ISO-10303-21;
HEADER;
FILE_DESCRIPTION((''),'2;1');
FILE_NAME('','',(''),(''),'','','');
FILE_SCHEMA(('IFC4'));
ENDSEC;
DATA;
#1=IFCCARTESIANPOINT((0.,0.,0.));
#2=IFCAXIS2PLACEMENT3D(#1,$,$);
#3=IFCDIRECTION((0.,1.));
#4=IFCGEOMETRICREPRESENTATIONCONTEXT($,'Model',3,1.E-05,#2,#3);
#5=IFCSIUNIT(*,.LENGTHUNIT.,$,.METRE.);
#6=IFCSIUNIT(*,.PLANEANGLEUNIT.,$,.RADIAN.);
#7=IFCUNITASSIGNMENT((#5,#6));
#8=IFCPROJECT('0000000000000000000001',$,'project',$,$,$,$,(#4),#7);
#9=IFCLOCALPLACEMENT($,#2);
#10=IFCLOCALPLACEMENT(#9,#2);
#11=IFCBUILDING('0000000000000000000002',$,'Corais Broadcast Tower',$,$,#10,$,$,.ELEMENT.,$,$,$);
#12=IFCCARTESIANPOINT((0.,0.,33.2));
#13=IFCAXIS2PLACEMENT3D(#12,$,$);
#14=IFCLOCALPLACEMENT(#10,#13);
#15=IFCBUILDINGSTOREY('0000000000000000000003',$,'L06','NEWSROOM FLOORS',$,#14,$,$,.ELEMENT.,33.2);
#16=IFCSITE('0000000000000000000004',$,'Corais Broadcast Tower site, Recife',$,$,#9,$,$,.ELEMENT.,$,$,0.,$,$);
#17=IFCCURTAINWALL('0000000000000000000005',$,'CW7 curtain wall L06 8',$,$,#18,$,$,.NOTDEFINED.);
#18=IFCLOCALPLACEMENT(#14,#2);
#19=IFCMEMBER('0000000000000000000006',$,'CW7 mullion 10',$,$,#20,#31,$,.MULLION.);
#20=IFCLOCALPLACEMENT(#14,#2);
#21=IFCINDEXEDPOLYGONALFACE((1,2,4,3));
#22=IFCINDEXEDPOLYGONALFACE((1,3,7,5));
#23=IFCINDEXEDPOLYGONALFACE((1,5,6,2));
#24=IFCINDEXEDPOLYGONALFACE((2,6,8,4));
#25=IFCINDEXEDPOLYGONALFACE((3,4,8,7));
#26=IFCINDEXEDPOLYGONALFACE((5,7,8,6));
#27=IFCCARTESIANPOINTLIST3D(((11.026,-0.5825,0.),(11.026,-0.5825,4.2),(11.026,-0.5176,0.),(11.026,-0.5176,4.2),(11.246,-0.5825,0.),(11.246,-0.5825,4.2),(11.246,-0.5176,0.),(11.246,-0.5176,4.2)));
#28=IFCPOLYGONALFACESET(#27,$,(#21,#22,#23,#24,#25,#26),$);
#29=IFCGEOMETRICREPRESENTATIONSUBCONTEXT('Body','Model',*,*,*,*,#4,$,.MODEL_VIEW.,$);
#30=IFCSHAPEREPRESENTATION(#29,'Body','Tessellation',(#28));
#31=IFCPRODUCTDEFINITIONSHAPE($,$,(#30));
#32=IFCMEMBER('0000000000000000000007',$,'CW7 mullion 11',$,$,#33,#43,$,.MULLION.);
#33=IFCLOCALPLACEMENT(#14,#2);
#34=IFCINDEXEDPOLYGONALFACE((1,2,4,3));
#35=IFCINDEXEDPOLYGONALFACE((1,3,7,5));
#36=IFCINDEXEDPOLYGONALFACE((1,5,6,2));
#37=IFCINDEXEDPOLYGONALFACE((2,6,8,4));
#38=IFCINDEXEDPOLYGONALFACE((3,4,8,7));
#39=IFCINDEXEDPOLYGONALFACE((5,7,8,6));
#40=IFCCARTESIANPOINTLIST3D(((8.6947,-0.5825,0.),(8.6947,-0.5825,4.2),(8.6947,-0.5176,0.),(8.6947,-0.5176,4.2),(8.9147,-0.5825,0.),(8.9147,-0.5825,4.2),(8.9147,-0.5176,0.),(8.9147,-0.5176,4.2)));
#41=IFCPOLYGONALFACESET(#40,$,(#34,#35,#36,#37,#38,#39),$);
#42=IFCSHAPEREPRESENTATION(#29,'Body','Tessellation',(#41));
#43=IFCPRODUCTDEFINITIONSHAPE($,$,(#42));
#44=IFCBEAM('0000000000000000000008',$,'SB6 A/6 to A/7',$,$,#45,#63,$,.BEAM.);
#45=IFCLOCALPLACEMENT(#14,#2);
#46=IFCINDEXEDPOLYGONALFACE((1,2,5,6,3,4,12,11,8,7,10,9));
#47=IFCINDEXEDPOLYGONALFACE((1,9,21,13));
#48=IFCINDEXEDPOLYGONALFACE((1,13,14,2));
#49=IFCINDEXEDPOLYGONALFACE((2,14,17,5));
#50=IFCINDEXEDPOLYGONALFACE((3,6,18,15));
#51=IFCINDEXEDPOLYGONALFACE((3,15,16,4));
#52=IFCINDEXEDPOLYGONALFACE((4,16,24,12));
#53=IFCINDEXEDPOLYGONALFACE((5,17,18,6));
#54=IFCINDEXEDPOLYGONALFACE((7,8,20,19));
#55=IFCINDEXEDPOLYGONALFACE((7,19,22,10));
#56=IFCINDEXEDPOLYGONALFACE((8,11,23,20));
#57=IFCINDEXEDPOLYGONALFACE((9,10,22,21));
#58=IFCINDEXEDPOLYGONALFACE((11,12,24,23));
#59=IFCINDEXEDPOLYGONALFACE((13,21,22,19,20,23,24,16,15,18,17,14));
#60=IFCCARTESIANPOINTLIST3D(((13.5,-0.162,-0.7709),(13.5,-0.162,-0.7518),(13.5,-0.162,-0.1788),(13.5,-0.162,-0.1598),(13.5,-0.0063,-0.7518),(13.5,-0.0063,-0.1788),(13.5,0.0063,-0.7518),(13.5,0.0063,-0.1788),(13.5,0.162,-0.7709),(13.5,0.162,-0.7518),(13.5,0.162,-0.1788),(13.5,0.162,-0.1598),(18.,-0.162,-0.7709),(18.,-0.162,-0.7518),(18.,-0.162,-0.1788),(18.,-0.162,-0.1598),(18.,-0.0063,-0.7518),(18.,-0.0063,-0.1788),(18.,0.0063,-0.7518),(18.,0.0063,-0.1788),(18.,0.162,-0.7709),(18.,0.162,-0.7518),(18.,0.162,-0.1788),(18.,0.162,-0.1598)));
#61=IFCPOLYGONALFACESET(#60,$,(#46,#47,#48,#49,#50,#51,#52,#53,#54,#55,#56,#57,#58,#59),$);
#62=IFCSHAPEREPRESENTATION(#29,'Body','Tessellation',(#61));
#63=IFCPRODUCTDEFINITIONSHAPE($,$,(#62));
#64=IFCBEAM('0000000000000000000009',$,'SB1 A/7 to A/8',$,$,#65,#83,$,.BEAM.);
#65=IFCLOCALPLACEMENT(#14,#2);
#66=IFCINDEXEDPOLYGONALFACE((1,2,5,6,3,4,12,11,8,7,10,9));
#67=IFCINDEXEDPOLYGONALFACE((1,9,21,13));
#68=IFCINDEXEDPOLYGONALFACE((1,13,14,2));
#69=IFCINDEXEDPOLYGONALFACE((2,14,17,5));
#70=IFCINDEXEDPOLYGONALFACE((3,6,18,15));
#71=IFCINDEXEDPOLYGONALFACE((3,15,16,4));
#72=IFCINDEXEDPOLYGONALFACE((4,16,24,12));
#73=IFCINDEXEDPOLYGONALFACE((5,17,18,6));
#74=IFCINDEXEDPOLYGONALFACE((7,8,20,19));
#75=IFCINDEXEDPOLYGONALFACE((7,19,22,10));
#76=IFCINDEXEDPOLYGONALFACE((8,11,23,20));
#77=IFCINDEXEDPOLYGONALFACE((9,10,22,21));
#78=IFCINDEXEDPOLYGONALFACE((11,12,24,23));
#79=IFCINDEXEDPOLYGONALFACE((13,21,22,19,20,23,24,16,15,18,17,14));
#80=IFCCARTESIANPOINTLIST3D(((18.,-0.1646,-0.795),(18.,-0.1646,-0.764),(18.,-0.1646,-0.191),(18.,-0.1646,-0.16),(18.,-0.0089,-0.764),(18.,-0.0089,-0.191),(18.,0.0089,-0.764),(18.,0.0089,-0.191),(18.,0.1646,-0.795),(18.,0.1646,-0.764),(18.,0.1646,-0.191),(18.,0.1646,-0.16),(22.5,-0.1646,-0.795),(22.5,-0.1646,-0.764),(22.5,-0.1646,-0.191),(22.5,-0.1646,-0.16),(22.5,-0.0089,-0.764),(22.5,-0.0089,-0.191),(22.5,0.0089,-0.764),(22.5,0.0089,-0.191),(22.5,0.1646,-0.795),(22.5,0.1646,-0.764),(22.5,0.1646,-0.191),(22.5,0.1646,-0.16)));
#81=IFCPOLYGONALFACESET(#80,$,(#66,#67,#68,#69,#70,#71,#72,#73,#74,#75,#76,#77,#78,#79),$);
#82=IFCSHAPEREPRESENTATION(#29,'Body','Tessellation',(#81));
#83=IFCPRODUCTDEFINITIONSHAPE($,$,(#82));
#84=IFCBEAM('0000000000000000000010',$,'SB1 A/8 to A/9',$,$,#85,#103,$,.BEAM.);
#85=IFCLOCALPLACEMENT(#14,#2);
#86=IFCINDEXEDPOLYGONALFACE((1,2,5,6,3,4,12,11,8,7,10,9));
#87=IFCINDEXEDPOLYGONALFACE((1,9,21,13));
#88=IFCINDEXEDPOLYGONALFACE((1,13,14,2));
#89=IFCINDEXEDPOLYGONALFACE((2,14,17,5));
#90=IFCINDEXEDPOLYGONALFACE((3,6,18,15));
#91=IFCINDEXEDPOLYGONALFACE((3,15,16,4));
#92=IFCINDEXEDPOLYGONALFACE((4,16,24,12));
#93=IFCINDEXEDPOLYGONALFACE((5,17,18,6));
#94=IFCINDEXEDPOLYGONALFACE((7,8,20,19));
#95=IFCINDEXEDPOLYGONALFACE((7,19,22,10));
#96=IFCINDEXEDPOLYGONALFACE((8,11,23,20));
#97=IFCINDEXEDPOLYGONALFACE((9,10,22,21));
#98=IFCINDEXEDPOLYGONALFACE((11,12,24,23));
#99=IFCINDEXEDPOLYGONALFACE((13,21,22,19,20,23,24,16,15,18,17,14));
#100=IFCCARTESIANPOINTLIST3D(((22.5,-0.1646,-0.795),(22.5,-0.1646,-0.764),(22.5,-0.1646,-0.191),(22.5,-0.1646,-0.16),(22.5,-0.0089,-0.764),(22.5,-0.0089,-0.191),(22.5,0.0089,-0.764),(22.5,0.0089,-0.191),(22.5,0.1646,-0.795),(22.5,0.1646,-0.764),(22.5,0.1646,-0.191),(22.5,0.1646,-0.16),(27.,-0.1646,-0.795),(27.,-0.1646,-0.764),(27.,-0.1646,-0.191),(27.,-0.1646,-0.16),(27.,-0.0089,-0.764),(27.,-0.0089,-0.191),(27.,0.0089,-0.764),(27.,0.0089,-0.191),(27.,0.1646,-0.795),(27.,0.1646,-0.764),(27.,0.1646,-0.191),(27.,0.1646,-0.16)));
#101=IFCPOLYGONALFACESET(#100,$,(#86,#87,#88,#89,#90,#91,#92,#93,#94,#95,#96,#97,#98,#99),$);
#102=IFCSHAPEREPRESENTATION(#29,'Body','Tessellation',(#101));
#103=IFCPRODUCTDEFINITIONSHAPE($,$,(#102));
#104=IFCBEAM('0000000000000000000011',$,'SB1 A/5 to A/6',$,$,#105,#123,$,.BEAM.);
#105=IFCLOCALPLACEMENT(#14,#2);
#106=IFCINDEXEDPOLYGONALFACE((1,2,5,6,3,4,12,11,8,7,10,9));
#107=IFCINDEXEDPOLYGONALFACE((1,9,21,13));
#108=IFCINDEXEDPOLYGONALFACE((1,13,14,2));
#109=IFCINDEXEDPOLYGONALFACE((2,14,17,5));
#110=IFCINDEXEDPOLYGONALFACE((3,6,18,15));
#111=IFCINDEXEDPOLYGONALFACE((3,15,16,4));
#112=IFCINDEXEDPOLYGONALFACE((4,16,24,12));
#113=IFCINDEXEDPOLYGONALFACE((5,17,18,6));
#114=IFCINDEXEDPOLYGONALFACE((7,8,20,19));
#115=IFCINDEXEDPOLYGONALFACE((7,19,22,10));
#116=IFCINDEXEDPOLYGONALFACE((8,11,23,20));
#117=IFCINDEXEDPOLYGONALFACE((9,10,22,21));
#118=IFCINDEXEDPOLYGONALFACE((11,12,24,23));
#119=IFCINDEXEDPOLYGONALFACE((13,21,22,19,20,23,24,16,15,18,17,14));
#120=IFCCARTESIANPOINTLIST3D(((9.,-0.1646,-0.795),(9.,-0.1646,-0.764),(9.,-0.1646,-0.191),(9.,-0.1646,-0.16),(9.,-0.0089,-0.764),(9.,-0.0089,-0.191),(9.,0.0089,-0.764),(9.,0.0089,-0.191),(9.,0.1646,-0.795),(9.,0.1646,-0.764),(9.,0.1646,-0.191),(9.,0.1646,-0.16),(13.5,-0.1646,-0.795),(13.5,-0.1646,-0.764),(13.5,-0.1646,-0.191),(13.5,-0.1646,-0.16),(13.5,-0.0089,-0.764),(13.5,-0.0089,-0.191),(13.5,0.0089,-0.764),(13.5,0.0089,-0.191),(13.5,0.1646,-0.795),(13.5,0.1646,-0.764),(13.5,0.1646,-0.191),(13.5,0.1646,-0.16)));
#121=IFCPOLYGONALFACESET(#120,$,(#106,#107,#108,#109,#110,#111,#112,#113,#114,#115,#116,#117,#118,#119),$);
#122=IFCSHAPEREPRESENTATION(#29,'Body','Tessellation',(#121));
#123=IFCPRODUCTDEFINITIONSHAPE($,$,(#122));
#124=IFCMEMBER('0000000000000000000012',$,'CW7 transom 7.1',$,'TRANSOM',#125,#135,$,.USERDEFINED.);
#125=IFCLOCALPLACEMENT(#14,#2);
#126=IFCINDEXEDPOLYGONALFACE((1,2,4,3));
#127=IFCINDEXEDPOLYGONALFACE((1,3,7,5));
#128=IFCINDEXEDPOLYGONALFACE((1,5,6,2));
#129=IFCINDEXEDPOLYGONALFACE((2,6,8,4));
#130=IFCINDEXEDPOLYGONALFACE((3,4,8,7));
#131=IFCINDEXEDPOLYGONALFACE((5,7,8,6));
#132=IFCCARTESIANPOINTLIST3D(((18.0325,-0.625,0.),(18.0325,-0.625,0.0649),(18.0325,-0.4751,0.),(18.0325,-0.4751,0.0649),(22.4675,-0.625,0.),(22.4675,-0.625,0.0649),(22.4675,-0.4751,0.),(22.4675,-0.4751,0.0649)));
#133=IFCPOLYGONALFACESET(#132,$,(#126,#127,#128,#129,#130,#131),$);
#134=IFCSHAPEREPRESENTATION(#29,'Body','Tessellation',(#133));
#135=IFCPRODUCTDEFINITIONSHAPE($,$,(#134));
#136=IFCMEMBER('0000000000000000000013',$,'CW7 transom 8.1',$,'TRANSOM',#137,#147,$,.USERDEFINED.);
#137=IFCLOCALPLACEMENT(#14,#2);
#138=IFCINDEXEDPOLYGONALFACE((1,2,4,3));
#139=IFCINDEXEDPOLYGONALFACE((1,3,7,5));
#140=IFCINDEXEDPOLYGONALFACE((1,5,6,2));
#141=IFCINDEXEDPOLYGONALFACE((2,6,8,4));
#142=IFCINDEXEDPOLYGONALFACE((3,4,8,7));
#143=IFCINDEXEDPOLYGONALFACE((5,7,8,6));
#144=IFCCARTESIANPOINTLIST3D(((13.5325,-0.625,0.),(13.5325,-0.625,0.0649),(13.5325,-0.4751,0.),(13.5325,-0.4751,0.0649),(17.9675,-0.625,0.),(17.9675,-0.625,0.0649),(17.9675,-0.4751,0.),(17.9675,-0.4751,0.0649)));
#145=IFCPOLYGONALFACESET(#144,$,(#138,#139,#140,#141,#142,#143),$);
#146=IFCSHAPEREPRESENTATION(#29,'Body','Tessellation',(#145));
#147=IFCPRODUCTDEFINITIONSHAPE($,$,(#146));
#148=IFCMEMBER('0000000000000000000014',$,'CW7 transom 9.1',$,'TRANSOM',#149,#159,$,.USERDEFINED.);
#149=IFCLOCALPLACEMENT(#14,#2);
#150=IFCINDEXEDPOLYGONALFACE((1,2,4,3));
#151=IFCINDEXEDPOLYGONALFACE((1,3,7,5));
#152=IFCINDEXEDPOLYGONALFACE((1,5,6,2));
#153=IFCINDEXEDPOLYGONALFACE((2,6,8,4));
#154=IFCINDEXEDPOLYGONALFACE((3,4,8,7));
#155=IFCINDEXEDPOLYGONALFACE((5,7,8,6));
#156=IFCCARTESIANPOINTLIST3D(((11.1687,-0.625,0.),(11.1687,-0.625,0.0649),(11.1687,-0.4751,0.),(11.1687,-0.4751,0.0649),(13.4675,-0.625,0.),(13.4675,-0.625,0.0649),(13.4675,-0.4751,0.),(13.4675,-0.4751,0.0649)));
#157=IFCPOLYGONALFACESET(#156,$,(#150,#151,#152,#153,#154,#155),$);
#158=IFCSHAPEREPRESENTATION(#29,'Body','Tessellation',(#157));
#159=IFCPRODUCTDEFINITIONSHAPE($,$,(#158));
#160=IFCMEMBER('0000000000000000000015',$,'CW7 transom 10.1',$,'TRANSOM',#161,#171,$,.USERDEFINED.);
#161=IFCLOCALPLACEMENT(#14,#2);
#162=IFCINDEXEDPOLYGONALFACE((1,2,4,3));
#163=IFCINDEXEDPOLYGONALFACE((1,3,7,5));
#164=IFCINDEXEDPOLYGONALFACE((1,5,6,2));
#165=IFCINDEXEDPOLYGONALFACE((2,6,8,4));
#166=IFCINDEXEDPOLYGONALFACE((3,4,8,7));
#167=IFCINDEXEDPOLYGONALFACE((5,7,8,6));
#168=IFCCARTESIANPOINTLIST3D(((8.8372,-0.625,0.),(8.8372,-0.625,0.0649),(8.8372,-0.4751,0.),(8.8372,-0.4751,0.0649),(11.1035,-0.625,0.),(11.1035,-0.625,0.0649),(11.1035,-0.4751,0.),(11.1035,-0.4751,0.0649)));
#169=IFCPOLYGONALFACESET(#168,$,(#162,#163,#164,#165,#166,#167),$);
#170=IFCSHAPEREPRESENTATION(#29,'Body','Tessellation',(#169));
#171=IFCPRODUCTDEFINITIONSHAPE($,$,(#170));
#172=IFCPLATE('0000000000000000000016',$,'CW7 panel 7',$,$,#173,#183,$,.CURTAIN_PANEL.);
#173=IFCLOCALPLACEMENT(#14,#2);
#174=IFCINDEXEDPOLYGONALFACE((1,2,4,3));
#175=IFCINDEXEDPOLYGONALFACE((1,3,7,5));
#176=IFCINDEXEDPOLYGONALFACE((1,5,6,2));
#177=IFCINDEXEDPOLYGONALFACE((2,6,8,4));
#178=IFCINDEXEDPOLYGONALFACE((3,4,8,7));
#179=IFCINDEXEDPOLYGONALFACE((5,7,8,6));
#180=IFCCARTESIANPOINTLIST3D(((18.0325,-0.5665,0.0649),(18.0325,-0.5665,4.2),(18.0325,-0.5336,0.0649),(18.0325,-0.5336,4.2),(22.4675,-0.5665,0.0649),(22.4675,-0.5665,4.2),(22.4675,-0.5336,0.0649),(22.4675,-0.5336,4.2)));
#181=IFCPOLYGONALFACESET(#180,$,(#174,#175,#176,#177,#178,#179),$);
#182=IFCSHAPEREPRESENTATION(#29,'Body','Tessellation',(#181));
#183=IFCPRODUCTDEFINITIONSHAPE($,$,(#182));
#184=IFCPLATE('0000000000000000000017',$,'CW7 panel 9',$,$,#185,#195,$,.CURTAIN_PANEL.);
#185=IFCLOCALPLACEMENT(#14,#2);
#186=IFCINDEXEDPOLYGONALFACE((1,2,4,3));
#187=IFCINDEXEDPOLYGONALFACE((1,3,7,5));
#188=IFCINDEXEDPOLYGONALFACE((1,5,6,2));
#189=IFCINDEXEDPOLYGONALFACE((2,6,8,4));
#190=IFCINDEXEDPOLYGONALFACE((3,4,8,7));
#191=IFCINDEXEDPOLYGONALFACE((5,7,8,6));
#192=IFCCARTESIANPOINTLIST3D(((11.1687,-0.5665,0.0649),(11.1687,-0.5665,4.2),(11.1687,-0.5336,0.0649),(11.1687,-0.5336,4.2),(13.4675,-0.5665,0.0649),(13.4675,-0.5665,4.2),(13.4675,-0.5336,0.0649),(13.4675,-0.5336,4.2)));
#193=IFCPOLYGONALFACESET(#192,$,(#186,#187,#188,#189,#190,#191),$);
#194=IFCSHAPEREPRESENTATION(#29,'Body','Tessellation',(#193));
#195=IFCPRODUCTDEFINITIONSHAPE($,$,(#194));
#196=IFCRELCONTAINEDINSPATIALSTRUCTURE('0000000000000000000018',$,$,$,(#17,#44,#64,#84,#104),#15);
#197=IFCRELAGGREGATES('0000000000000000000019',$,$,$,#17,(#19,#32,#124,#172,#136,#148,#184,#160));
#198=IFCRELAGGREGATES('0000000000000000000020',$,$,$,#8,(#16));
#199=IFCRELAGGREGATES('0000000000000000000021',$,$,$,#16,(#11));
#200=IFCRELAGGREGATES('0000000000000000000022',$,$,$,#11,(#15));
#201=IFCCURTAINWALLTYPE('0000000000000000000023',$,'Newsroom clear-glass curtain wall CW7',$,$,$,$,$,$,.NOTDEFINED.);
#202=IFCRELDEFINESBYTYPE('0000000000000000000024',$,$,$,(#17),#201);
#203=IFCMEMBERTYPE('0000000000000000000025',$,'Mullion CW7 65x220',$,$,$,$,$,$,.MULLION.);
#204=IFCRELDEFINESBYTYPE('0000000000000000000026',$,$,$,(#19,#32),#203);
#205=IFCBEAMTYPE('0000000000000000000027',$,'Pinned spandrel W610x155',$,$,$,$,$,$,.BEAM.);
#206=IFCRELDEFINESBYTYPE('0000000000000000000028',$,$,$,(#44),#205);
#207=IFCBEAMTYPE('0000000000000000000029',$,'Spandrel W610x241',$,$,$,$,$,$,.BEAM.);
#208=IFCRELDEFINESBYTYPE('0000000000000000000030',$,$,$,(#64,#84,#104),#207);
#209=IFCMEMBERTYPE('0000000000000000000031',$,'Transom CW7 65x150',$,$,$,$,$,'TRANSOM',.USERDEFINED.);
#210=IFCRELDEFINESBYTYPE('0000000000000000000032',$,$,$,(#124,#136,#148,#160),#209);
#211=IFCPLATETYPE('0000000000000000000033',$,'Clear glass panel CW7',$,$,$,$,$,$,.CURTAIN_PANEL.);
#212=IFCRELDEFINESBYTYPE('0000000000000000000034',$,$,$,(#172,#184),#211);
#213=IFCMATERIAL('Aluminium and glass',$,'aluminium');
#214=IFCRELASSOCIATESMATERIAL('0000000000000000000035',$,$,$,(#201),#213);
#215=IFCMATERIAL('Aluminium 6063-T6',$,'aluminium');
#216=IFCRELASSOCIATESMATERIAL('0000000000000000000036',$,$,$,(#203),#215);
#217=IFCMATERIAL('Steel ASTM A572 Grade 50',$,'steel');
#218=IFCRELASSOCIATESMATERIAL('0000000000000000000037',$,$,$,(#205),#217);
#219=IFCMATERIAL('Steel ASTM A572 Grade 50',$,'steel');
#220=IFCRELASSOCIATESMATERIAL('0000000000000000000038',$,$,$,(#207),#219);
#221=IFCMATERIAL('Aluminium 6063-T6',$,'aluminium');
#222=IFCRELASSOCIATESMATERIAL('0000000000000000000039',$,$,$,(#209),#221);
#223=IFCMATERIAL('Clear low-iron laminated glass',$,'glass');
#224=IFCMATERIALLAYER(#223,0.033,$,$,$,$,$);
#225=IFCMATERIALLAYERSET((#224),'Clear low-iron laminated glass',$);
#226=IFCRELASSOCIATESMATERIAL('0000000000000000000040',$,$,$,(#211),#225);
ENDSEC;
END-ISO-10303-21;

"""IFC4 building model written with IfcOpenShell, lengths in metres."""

from ifc_helpers import new_model, si_unit, direction, frame, origin, origin_2d, place, context, subcontext, project, spatial, rectangle, i_section, extrude, material, layer, layer_set, material_profile, profile_set, type_object, element, aggregate, save


model = new_model("IFC4")

# Units and contexts
model_context = context("Model", 3, precision=1e-05, world=origin(), true_north=direction((0.0, 1.0)))
body_context = subcontext(model_context, "Body", "Model", "MODEL_VIEW")
ifc_project = project(units=[si_unit("LENGTHUNIT", "METRE"), si_unit("PLANEANGLEUNIT", "RADIAN")], contexts=[model_context])

# Site, building, storey
site_placement = place(None, origin())
site = spatial("IfcSite", under=ifc_project, at=site_placement, Name="Corais Broadcast Tower site, Recife", CompositionType="ELEMENT", RefElevation=0.0)
building_placement = place(site_placement, origin())
building = spatial("IfcBuilding", under=site, at=building_placement, Name="Corais Broadcast Tower", CompositionType="ELEMENT")
storey_placement = place(building_placement, frame((0.0, 0.0, 33.2)))
storey = spatial("IfcBuildingStorey", under=building, at=storey_placement, Name="L06", Description="NEWSROOM FLOORS", CompositionType="ELEMENT", Elevation=33.2)

# Curtain wall, members
ifc_material_1 = material(Name="Aluminium and glass", Category="aluminium")
curtain_wall_type = type_object("IfcCurtainWallType", Name="Newsroom clear-glass curtain wall CW7", PredefinedType="NOTDEFINED", material=ifc_material_1)
curtain_wall_placement = place(storey_placement, origin())
curtain_wall = element("IfcCurtainWall", 1, at=curtain_wall_placement, inside=storey, type_object=curtain_wall_type, Name="CW7 curtain wall L06 8", PredefinedType="NOTDEFINED")
ifc_material_2 = material(Name="Aluminium 6063-T6", Category="aluminium")
ifc_material_profile_1 = material_profile(ifc_material_2, rectangle(XDim=0.0649, YDim=0.22, at=origin_2d()), Name="Mullion CW7 65x220")
ifc_profile_set_1 = profile_set([ifc_material_profile_1], Name="Aluminium 6063-T6")
member_type_1 = type_object("IfcMemberType", Name="Mullion CW7 65x220", PredefinedType="MULLION", material=ifc_profile_set_1)
member_1_placement = place(storey_placement, frame((11.136, -0.55, 0.0), z_axis=(0.0, 0.0, 1.0), x_axis=(0.0, -1.0, 0.0)))
member_1 = element("IfcMember", 2, at=member_1_placement, type_object=member_type_1, Name="CW7 mullion 10", PredefinedType="MULLION", context=body_context, shape_type="SweptSolid", body=[
    extrude(rectangle(XDim=0.0649, YDim=0.22, at=origin_2d()), origin(), (0.0, 0.0, 1.0), 4.2),
])
member_2_placement = place(storey_placement, frame((8.8047, -0.55, 0.0), z_axis=(0.0, 0.0, 1.0), x_axis=(0.0, -1.0, 0.0)))
member_2 = element("IfcMember", 3, at=member_2_placement, type_object=member_type_1, Name="CW7 mullion 11", PredefinedType="MULLION", context=body_context, shape_type="SweptSolid", body=[
    extrude(rectangle(XDim=0.0649, YDim=0.22, at=origin_2d()), origin(), (0.0, 0.0, 1.0), 4.2),
])

# Beams
ifc_material_3 = material(Name="Steel ASTM A572 Grade 50", Category="steel")
ifc_material_profile_2 = material_profile(ifc_material_3, i_section(OverallWidth=0.324, OverallDepth=0.6111, WebThickness=0.0127, FlangeThickness=0.019, at=origin_2d()), Name="W610x155")
ifc_profile_set_2 = profile_set([ifc_material_profile_2], Name="Steel ASTM A572 Grade 50")
beam_type_1 = type_object("IfcBeamType", Name="Pinned spandrel W610x155", PredefinedType="BEAM", material=ifc_profile_set_2)
beam_1_placement = place(storey_placement, frame((13.5, 0.0, -0.4653), z_axis=(1.0, 0.0, 0.0), x_axis=(0.0, 1.0, 0.0)))
element("IfcBeam", 4, at=beam_1_placement, inside=storey, type_object=beam_type_1, Name="SB6 A/6 to A/7", PredefinedType="BEAM", context=body_context, shape_type="SweptSolid", body=[
    extrude(i_section(OverallWidth=0.324, OverallDepth=0.6111, WebThickness=0.0127, FlangeThickness=0.019, at=origin_2d()), origin(), (0.0, 0.0, 1.0), 4.5),
])
ifc_material_4 = material(Name="Steel ASTM A572 Grade 50", Category="steel")
ifc_material_profile_3 = material_profile(ifc_material_4, i_section(OverallWidth=0.3291, OverallDepth=0.635, WebThickness=0.0178, FlangeThickness=0.031, at=origin_2d()), Name="W610x241")
ifc_profile_set_3 = profile_set([ifc_material_profile_3], Name="Steel ASTM A572 Grade 50")
beam_type_2 = type_object("IfcBeamType", Name="Spandrel W610x241", PredefinedType="BEAM", material=ifc_profile_set_3)
for number, where, z_axis, x_axis, name in (
    (5, (18.0, 0.0, -0.4775), (1.0, 0.0, 0.0), (0.0, 1.0, 0.0), "SB1 A/7 to A/8"),
    (6, (22.5, 0.0, -0.4775), (1.0, 0.0, 0.0), (0.0, 1.0, 0.0), "SB1 A/8 to A/9"),
    (7, (9.0, 0.0, -0.4775), (1.0, 0.0, 0.0), (0.0, 1.0, 0.0), "SB1 A/5 to A/6"),
):
    element("IfcBeam", number, at=place(storey_placement, frame(where, z_axis=z_axis, x_axis=x_axis)), inside=storey, type_object=beam_type_2, Name=name, PredefinedType="BEAM", context=body_context, shape_type="SweptSolid", body=[
        extrude(i_section(OverallWidth=0.3291, OverallDepth=0.635, WebThickness=0.0178, FlangeThickness=0.031, at=origin_2d()), origin(), (0.0, 0.0, 1.0), 4.5),
    ])

# Members
ifc_material_5 = material(Name="Aluminium 6063-T6", Category="aluminium")
ifc_material_profile_4 = material_profile(ifc_material_5, rectangle(XDim=0.1499, YDim=0.0649, at=origin_2d()), Name="Transom CW7 65x150")
ifc_profile_set_4 = profile_set([ifc_material_profile_4], Name="Aluminium 6063-T6")
member_type_2 = type_object("IfcMemberType", Name="Transom CW7 65x150", ElementType="TRANSOM", PredefinedType="USERDEFINED", material=ifc_profile_set_4)
member_3_placement = place(storey_placement, frame((22.4675, -0.55, 0.0325), z_axis=(-1.0, 0.0, 0.0), x_axis=(0.0, -1.0, 0.0)))
member_3 = element("IfcMember", 8, at=member_3_placement, type_object=member_type_2, Name="CW7 transom 7.1", ObjectType="TRANSOM", PredefinedType="USERDEFINED", context=body_context, shape_type="SweptSolid", body=[
    extrude(rectangle(XDim=0.1499, YDim=0.0649, at=origin_2d()), origin(), (0.0, 0.0, 1.0), 4.4351),
])
member_4_placement = place(storey_placement, frame((17.9675, -0.55, 0.0325), z_axis=(-1.0, 0.0, 0.0), x_axis=(0.0, -1.0, 0.0)))
member_4 = element("IfcMember", 9, at=member_4_placement, type_object=member_type_2, Name="CW7 transom 8.1", ObjectType="TRANSOM", PredefinedType="USERDEFINED", context=body_context, shape_type="SweptSolid", body=[
    extrude(rectangle(XDim=0.1499, YDim=0.0649, at=origin_2d()), origin(), (0.0, 0.0, 1.0), 4.4351),
])
member_5_placement = place(storey_placement, frame((13.4675, -0.55, 0.0325), z_axis=(-1.0, 0.0, 0.0), x_axis=(0.0, -1.0, 0.0)))
member_5 = element("IfcMember", 10, at=member_5_placement, type_object=member_type_2, Name="CW7 transom 9.1", ObjectType="TRANSOM", PredefinedType="USERDEFINED", context=body_context, shape_type="SweptSolid", body=[
    extrude(rectangle(XDim=0.1499, YDim=0.0649, at=origin_2d()), origin(), (0.0, 0.0, 1.0), 2.2988),
])
member_6_placement = place(storey_placement, frame((11.1035, -0.55, 0.0325), z_axis=(-1.0, 0.0, 0.0), x_axis=(0.0, -1.0, 0.0)))
member_6 = element("IfcMember", 11, at=member_6_placement, type_object=member_type_2, Name="CW7 transom 10.1", ObjectType="TRANSOM", PredefinedType="USERDEFINED", context=body_context, shape_type="SweptSolid", body=[
    extrude(rectangle(XDim=0.1499, YDim=0.0649, at=origin_2d()), origin(), (0.0, 0.0, 1.0), 2.2664),
])

# Plates
ifc_material_6 = material(Name="Clear low-iron laminated glass", Category="glass")
ifc_layer_1 = layer(ifc_material_6, 0.033)
ifc_layer_set_1 = layer_set([ifc_layer_1], Name="Clear low-iron laminated glass")
plate_type_1 = type_object("IfcPlateType", Name="Clear glass panel CW7", PredefinedType="CURTAIN_PANEL", material=ifc_layer_set_1)
plate_1_placement = place(storey_placement, frame((20.25, -0.55, 0.0649), z_axis=(0.0, 0.0, 1.0), x_axis=(-1.0, 0.0, 0.0)))
plate_1 = element("IfcPlate", 12, at=plate_1_placement, type_object=plate_type_1, Name="CW7 panel 7", PredefinedType="CURTAIN_PANEL", context=body_context, shape_type="SweptSolid", body=[
    extrude(rectangle(XDim=4.4351, YDim=0.033, at=origin_2d()), origin(), (0.0, 0.0, 1.0), 4.135),
])
plate_2_placement = place(storey_placement, frame((12.3181, -0.55, 0.0649), z_axis=(0.0, 0.0, 1.0), x_axis=(-1.0, 0.0, 0.0)))
plate_2 = element("IfcPlate", 13, at=plate_2_placement, type_object=plate_type_1, Name="CW7 panel 9", PredefinedType="CURTAIN_PANEL", context=body_context, shape_type="SweptSolid", body=[
    extrude(rectangle(XDim=2.2988, YDim=0.033, at=origin_2d()), origin(), (0.0, 0.0, 1.0), 4.135),
])
aggregate(curtain_wall, [member_1, member_2, member_3, plate_1, member_4, member_5, plate_2, member_6])

save(model, "model.ifc")
